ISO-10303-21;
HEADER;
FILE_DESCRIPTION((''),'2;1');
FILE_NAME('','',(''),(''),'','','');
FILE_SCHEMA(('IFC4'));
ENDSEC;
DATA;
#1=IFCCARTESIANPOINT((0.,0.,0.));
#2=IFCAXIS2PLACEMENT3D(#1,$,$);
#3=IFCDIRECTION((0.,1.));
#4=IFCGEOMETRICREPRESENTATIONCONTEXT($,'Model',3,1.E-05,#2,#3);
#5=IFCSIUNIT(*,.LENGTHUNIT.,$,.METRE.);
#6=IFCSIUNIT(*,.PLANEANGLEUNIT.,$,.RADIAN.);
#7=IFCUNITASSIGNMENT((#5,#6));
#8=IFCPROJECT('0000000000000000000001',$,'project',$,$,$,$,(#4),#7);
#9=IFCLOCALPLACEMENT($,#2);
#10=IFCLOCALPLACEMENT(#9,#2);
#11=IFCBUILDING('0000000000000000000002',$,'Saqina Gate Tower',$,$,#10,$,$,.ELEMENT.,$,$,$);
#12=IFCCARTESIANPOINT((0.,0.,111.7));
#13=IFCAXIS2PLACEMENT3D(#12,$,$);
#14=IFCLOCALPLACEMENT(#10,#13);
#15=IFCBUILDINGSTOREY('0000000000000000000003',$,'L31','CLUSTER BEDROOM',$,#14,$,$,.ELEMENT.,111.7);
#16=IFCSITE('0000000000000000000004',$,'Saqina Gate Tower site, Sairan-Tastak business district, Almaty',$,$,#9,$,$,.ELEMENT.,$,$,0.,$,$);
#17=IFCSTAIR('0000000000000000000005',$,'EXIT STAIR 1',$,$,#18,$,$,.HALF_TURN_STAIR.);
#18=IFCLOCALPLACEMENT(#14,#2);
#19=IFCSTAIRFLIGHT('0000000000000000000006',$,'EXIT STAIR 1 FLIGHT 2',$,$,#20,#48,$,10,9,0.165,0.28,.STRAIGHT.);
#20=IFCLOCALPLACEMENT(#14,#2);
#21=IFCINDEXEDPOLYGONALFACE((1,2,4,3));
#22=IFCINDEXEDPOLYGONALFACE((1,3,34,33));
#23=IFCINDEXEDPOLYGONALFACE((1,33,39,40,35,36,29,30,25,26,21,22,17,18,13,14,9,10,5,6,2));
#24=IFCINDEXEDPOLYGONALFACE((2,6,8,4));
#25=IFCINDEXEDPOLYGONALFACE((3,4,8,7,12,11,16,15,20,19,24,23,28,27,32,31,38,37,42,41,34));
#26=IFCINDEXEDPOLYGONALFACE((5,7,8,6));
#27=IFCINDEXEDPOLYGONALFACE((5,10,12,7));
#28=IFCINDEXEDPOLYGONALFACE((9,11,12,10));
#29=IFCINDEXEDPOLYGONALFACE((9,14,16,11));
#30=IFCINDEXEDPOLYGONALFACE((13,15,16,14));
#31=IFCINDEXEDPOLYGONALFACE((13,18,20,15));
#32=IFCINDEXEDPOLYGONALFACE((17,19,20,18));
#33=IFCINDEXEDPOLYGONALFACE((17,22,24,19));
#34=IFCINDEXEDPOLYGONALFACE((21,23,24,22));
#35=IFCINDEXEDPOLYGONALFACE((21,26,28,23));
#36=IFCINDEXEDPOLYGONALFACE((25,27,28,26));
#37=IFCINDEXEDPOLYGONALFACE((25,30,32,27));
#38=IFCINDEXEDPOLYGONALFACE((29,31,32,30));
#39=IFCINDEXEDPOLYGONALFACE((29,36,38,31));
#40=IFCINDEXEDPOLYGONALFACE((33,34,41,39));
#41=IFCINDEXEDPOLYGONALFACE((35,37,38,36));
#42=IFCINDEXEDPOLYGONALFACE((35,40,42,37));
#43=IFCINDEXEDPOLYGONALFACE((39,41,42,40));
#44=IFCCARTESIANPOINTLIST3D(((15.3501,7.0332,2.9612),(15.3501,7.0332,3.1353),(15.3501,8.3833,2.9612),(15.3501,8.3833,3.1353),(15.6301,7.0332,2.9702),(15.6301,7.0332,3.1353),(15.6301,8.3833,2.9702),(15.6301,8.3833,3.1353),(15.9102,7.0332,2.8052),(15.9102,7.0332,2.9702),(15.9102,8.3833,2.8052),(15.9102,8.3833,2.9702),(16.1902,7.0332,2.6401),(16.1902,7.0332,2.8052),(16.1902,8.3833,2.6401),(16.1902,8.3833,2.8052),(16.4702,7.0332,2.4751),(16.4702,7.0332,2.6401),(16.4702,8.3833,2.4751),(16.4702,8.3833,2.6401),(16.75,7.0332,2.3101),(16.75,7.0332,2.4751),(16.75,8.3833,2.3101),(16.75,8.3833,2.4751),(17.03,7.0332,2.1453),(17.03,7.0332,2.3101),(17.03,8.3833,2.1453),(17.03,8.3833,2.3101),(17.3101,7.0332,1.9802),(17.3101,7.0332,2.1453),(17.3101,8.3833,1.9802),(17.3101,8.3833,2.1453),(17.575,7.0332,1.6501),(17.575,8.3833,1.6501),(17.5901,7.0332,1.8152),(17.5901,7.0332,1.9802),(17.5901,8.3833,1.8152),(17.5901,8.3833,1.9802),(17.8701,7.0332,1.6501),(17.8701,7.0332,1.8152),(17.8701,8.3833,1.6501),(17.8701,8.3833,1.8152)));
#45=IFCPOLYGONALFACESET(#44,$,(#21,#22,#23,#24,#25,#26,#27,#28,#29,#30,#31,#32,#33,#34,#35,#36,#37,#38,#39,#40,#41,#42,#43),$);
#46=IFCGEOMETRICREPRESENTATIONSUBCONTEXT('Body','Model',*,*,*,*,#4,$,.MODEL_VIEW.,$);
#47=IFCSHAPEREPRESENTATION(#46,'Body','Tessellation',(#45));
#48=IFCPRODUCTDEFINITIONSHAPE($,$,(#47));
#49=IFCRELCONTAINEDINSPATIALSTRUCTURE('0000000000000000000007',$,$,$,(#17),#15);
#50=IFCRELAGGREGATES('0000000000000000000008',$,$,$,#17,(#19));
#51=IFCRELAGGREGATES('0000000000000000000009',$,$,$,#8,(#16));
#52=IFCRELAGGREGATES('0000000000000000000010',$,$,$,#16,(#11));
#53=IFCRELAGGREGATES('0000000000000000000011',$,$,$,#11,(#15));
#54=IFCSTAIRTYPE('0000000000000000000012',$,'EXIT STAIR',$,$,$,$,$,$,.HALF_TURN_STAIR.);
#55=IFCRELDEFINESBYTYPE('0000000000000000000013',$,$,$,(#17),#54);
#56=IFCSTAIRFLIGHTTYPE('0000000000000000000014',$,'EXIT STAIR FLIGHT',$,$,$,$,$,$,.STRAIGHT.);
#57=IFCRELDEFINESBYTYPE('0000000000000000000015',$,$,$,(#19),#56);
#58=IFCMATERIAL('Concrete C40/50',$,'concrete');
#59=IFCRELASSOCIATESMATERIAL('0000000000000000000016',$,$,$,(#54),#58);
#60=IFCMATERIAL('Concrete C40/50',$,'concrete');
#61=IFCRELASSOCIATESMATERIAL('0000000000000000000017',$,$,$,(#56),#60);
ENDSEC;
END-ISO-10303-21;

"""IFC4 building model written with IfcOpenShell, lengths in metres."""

from ifc_helpers import new_model, si_unit, direction, frame, origin, place, context, subcontext, project, spatial, polyline, outline, extrude, material, type_object, element, aggregate, save


model = new_model("IFC4")

# Units and contexts
model_context = context("Model", 3, precision=1e-05, world=origin(), true_north=direction((0.0, 1.0)))
body_context = subcontext(model_context, "Body", "Model", "MODEL_VIEW")
ifc_project = project(units=[si_unit("LENGTHUNIT", "METRE"), si_unit("PLANEANGLEUNIT", "RADIAN")], contexts=[model_context])

# Site, building, storey
site_placement = place(None, origin())
site = spatial("IfcSite", under=ifc_project, at=site_placement, Name="Saqina Gate Tower site, Sairan-Tastak business district, Almaty", CompositionType="ELEMENT", RefElevation=0.0)
building_placement = place(site_placement, origin())
building = spatial("IfcBuilding", under=site, at=building_placement, Name="Saqina Gate Tower", CompositionType="ELEMENT")
storey_placement = place(building_placement, frame((0.0, 0.0, 111.7)))
storey = spatial("IfcBuildingStorey", under=building, at=storey_placement, Name="L31", Description="CLUSTER BEDROOM", CompositionType="ELEMENT", Elevation=111.7)

# Stair, stair flight
ifc_material_1 = material(Name="Concrete C40/50", Category="concrete")
stair_type = type_object("IfcStairType", Name="EXIT STAIR", PredefinedType="HALF_TURN_STAIR", material=ifc_material_1)
stair_placement = place(storey_placement, origin())
stair = element("IfcStair", 1, at=stair_placement, inside=storey, type_object=stair_type, Name="EXIT STAIR 1", PredefinedType="HALF_TURN_STAIR")
ifc_material_2 = material(Name="Concrete C40/50", Category="concrete")
stair_flight_type = type_object("IfcStairFlightType", Name="EXIT STAIR FLIGHT", PredefinedType="STRAIGHT", material=ifc_material_2)
stair_flight_1_placement = place(storey_placement, frame((17.8701, 7.7083, 1.6501), z_axis=(0.0, 0.0, 1.0), x_axis=(-1.0, 0.0, 0.0)))
stair_flight_1 = element("IfcStairFlight", 2, at=stair_flight_1_placement, type_object=stair_flight_type, Name="EXIT STAIR 1 FLIGHT 2", NumberOfRisers=10, NumberOfTreads=9, PredefinedType="STRAIGHT", RiserHeight=0.165, TreadLength=0.28, context=body_context, shape_type="SweptSolid", body=[
    extrude(outline(polyline([(0.0, 0.0), (0.0, 0.165), (0.28, 0.165), (0.28, 0.3301), (0.5601, 0.3301), (0.5601, 0.4951), (0.8401, 0.4951), (0.8401, 0.6599), (1.1201, 0.6599), (1.1201, 0.825), (1.3999, 0.825), (1.3999, 0.99), (1.6799, 0.99), (1.6799, 1.155), (1.96, 1.155), (1.96, 1.3201), (2.24, 1.3201), (2.24, 1.4851), (2.52, 1.4851), (2.52, 1.6499), (2.52, 1.311), (0.2952, 0.0), (0.0, 0.0)])), frame((0.0, 0.675, 0.0), z_axis=(0.0, -1.0, 0.0), x_axis=(1.0, 0.0, 0.0)), (0.0, 0.0, 1.0), 1.3501),
])
aggregate(stair, [stair_flight_1])

save(model, "model.ifc")
